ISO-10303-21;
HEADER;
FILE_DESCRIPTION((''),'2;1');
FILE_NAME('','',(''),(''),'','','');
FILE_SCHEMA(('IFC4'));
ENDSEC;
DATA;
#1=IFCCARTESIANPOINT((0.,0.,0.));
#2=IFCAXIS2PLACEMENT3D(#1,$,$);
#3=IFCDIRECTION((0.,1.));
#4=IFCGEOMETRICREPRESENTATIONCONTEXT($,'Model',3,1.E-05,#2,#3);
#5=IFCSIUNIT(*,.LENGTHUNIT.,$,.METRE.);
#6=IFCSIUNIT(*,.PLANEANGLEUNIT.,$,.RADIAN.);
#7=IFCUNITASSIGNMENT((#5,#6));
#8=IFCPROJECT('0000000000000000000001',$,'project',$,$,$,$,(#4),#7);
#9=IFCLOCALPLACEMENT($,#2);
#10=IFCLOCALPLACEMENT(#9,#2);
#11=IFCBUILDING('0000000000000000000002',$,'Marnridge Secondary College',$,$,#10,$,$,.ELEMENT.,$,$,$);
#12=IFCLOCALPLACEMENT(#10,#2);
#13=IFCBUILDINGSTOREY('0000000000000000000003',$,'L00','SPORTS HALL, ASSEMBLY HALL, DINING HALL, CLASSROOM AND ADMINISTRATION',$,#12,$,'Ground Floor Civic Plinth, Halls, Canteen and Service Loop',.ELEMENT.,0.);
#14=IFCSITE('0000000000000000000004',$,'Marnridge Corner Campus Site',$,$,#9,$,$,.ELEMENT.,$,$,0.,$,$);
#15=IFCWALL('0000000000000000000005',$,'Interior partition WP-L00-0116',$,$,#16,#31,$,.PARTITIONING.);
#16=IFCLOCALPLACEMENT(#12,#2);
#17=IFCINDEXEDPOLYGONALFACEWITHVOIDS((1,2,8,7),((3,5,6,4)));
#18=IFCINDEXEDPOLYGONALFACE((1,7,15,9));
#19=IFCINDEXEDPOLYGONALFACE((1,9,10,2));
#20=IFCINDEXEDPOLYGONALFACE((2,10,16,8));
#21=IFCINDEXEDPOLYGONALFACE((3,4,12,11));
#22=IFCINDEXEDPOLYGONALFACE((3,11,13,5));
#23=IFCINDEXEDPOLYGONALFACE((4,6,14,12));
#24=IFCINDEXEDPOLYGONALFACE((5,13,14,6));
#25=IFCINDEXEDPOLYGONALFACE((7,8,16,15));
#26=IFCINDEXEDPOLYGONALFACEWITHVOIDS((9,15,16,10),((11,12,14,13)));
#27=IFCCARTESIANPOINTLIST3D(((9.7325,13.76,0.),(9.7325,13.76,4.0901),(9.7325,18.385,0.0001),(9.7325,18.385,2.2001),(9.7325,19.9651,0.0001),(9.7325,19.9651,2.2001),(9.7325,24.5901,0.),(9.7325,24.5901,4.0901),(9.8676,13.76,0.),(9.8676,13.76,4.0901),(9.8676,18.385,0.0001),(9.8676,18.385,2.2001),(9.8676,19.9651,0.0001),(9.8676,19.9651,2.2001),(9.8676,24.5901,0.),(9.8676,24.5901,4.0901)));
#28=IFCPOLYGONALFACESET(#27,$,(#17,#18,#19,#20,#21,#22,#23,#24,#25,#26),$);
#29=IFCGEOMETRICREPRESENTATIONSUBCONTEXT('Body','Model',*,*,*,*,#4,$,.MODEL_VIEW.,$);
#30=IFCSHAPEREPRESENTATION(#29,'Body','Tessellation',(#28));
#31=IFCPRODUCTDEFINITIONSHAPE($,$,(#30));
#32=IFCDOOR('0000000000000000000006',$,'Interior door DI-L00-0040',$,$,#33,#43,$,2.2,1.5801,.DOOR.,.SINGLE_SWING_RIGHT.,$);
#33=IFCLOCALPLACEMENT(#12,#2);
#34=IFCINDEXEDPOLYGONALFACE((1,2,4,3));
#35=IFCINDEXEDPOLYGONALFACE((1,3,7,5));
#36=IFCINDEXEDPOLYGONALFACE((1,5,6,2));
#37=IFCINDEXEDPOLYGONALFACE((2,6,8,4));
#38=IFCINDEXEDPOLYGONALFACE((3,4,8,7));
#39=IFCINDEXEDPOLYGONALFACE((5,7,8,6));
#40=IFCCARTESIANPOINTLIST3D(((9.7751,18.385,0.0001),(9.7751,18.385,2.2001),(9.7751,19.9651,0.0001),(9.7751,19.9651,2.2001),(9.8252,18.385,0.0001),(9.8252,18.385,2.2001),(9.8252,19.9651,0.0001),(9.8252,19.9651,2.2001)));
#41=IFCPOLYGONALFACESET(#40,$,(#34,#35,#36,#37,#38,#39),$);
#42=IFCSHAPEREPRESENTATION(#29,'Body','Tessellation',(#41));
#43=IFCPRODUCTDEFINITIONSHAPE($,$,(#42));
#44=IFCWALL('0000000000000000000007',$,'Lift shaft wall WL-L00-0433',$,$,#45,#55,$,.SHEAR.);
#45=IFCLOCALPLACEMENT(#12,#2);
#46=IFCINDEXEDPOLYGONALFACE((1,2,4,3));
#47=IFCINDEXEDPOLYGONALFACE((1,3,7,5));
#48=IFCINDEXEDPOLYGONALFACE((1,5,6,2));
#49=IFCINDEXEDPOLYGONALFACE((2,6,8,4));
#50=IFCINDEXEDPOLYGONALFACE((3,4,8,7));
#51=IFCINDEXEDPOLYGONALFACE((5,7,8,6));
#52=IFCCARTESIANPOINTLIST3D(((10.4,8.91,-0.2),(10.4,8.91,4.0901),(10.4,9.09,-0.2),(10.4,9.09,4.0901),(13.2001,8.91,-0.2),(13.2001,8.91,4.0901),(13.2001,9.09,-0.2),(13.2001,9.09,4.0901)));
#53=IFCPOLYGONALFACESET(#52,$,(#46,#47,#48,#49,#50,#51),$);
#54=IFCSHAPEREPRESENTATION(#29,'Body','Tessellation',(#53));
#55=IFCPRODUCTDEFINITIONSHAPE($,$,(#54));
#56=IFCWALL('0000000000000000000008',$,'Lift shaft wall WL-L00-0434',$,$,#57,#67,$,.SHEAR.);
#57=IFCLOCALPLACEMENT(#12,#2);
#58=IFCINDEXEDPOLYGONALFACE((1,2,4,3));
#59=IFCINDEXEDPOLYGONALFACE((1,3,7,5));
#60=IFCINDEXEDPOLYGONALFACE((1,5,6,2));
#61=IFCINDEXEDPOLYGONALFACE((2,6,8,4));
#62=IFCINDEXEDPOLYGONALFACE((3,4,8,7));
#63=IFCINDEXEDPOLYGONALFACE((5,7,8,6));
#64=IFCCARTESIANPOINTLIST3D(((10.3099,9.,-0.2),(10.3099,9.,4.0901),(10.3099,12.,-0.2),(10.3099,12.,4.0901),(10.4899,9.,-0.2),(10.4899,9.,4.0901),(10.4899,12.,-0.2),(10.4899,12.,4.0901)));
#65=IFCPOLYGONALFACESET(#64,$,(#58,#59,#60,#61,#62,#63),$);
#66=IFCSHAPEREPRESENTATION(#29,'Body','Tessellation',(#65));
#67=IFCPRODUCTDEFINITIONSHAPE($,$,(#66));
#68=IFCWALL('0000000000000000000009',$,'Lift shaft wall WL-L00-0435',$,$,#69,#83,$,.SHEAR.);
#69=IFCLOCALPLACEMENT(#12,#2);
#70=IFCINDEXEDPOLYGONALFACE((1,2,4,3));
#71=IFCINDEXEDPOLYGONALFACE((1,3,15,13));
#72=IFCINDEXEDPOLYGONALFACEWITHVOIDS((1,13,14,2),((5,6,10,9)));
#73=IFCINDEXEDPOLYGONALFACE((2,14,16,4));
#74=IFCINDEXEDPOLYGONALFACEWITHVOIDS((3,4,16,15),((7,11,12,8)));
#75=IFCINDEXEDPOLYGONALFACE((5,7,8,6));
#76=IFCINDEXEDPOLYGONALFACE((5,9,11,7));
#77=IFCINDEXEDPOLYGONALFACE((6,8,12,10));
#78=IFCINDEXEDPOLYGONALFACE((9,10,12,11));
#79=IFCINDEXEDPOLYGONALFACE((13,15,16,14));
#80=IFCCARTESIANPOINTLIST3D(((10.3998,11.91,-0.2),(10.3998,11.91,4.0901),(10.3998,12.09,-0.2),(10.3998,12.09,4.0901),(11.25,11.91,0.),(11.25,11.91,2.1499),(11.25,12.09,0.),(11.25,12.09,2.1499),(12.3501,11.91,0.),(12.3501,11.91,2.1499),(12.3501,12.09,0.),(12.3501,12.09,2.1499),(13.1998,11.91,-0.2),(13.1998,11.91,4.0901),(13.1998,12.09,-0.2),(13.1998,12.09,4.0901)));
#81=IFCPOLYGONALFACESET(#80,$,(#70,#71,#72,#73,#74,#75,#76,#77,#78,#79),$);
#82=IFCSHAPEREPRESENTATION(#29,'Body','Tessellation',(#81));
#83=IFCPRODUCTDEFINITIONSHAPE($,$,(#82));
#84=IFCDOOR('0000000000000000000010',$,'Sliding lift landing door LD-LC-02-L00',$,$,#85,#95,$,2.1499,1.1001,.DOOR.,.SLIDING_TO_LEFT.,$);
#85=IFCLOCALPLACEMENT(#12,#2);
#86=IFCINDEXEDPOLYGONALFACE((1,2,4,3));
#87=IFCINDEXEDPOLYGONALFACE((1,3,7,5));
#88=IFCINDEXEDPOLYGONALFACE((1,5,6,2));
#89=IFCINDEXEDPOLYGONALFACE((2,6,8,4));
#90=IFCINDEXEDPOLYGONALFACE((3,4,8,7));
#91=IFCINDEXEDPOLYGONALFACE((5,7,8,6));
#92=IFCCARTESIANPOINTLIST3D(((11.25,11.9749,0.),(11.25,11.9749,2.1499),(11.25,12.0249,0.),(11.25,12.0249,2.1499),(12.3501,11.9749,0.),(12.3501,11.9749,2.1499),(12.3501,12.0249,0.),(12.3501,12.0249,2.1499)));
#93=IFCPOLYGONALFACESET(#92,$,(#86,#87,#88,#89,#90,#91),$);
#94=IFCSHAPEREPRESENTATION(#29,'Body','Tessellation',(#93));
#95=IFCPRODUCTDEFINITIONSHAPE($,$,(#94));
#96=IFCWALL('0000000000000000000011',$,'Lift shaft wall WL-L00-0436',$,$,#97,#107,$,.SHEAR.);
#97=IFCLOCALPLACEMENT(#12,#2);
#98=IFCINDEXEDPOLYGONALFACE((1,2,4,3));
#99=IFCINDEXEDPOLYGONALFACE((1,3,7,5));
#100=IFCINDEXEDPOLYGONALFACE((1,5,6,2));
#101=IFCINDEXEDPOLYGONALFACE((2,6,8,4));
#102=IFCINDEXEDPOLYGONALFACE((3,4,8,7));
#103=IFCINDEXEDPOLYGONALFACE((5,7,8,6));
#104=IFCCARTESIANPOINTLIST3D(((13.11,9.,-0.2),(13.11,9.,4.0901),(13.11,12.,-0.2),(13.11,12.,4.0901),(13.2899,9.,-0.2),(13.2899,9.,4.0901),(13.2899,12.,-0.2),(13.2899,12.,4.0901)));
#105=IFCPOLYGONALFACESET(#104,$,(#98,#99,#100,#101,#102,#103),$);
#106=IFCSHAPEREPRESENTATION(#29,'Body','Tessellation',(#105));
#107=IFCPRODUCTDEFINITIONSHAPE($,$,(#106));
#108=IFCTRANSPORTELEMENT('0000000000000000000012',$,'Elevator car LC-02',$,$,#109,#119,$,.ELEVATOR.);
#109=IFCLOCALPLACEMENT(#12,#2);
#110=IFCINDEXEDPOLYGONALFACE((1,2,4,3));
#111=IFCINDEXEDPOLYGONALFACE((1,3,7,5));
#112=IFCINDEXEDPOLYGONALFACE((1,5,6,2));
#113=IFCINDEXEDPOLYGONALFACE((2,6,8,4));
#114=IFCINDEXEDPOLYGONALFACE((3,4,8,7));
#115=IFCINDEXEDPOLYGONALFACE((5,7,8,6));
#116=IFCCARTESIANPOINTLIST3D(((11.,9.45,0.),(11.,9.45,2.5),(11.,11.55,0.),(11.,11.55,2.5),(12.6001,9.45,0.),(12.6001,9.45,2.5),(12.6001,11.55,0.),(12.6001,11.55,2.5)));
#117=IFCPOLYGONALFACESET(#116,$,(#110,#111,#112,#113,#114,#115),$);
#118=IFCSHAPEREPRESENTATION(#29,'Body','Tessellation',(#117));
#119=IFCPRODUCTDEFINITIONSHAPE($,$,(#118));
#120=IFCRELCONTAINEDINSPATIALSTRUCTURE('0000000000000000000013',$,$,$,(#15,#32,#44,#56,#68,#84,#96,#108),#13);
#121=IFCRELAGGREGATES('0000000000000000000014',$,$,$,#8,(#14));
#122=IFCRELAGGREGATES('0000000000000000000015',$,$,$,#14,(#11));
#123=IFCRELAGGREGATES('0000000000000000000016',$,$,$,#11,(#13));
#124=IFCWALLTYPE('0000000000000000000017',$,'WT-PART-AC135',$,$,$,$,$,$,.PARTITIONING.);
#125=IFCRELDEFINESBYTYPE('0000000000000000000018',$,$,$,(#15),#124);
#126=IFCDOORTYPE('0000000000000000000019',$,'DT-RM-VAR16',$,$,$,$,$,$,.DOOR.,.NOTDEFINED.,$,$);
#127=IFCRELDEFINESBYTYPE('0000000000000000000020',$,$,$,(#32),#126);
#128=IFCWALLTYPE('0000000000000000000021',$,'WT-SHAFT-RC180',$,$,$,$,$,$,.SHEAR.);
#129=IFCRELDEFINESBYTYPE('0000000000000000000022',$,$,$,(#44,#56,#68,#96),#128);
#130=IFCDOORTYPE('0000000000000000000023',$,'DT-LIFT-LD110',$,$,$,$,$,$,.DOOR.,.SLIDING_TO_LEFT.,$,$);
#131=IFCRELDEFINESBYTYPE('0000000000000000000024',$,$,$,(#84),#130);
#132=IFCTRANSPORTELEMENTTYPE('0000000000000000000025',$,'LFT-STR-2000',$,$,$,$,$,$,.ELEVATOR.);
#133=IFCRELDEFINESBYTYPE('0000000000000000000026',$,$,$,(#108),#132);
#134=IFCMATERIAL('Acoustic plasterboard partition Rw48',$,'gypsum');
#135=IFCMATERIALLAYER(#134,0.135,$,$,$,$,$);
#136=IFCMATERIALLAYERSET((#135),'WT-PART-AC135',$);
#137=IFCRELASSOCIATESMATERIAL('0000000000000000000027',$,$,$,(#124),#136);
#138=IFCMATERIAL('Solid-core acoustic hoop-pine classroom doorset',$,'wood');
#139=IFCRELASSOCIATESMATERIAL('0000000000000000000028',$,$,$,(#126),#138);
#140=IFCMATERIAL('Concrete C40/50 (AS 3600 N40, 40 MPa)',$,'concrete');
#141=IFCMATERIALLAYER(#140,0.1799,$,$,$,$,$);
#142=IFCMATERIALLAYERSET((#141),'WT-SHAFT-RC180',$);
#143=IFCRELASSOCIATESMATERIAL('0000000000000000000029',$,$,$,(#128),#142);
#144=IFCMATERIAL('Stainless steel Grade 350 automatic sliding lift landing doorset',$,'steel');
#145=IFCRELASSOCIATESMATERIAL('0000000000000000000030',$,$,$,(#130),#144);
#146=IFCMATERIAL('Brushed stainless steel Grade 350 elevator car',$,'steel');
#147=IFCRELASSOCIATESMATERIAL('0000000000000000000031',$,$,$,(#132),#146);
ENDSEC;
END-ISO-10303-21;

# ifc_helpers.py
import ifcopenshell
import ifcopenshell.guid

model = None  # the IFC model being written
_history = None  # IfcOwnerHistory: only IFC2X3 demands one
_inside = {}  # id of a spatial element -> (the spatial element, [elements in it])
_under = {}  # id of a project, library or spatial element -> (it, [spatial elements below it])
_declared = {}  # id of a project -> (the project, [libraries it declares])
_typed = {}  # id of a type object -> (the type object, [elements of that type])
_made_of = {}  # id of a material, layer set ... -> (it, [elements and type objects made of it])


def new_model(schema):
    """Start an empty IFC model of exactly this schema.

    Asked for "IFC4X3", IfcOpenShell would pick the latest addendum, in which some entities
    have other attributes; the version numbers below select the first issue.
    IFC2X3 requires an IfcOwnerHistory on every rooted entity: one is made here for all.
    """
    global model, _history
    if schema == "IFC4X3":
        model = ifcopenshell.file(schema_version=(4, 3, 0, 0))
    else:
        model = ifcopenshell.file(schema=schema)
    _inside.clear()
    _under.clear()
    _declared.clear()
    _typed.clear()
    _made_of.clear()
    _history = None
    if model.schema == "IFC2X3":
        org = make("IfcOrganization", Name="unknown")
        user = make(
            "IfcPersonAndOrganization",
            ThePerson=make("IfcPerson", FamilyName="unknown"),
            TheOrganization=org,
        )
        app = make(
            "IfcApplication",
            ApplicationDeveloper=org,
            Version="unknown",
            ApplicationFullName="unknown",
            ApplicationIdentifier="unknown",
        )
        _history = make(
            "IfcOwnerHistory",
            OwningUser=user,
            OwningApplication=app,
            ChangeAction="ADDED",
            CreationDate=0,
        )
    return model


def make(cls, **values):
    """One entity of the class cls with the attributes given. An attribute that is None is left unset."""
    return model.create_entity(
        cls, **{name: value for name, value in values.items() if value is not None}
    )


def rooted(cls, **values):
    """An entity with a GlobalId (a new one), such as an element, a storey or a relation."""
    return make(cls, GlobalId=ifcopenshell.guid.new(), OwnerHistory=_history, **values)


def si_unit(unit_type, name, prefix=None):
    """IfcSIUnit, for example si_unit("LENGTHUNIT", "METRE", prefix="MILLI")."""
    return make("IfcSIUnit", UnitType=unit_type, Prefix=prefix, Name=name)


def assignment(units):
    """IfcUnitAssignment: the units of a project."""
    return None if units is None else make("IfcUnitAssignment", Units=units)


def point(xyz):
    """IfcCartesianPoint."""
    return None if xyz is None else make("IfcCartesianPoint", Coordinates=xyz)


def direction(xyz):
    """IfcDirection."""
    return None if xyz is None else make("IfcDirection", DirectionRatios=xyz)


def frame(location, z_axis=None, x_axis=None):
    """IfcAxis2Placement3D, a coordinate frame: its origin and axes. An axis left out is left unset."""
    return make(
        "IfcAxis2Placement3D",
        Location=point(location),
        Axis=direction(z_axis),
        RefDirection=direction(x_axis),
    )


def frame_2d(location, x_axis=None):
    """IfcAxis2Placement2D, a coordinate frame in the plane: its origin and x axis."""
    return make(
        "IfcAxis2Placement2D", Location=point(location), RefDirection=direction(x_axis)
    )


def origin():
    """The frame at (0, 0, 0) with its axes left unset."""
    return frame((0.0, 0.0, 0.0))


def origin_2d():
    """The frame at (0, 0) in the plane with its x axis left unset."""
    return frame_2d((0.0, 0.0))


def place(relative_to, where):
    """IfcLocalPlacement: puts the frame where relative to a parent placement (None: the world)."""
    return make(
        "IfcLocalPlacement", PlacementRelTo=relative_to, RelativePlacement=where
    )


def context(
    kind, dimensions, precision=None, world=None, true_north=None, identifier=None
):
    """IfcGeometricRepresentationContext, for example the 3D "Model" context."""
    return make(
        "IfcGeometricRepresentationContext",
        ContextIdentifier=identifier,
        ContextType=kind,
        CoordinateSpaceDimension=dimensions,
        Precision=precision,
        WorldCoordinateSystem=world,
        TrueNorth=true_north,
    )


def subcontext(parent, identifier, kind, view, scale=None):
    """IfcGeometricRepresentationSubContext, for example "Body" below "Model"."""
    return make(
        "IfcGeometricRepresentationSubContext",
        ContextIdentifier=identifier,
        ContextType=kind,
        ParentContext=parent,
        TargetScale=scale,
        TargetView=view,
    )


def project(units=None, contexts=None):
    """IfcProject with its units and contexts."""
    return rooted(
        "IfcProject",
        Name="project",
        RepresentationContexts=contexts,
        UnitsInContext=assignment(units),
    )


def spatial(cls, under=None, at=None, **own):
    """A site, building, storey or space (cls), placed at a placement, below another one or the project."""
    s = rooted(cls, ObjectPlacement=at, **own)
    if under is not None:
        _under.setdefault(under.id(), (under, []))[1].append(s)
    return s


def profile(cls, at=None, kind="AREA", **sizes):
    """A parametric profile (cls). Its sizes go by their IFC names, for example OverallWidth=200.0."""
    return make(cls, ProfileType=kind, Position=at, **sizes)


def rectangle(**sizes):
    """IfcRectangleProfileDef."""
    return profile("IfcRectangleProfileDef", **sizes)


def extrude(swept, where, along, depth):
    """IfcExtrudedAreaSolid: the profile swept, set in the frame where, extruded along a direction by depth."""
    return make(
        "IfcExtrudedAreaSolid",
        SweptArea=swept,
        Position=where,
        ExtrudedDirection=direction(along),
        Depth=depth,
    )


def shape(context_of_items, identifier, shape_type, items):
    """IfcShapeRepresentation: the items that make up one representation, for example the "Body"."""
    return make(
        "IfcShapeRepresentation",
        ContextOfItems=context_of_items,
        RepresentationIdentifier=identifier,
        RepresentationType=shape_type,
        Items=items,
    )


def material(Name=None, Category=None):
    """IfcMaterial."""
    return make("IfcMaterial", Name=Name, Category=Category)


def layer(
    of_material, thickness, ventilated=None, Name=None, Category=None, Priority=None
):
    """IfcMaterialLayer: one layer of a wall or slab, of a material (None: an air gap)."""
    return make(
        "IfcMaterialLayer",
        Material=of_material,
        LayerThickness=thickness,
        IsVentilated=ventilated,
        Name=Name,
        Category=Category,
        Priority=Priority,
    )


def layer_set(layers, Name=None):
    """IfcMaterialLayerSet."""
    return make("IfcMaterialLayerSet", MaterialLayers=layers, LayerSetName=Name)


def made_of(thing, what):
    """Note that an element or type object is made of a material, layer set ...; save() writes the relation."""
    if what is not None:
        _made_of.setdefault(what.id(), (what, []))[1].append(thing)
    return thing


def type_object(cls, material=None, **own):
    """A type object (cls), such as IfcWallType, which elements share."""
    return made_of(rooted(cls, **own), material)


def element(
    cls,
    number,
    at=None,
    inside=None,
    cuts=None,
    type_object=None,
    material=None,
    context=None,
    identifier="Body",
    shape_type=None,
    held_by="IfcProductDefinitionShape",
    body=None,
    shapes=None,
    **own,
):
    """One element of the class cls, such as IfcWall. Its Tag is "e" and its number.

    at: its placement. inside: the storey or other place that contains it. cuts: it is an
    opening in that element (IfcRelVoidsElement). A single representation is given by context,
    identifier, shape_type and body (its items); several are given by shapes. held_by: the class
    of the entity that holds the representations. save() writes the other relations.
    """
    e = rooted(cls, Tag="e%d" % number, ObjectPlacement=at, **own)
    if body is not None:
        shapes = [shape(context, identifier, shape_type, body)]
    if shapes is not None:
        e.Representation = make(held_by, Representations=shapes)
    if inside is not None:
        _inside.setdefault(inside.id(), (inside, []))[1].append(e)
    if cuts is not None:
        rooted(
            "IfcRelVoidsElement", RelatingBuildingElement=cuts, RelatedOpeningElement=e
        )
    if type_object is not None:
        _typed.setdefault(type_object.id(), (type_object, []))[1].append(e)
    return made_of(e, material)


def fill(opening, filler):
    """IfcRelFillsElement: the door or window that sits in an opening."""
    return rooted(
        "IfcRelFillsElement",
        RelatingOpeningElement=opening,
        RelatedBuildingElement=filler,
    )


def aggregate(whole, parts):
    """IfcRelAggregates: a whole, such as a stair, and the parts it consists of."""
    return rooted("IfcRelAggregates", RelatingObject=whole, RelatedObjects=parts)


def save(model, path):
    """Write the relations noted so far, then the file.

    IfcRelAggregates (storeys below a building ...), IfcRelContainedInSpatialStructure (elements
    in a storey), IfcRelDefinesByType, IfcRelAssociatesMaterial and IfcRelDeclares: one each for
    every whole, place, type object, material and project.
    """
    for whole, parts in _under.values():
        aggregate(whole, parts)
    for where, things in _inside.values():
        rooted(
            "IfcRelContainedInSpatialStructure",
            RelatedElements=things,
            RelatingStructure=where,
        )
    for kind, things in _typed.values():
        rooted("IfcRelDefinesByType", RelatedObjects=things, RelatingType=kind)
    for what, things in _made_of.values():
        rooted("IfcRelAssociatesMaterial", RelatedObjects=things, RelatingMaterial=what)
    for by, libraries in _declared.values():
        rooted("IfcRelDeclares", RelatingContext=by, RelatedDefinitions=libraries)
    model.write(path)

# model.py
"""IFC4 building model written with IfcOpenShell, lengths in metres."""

from ifc_helpers import new_model, si_unit, direction, frame, frame_2d, origin, origin_2d, place, context, subcontext, project, spatial, rectangle, extrude, material, layer, layer_set, type_object, element, fill, save


model = new_model("IFC4")

# Units and contexts
model_context = context("Model", 3, precision=1e-05, world=origin(), true_north=direction((0.0, 1.0)))
body_context = subcontext(model_context, "Body", "Model", "MODEL_VIEW")
ifc_project = project(units=[si_unit("LENGTHUNIT", "METRE"), si_unit("PLANEANGLEUNIT", "RADIAN")], contexts=[model_context])

# Site, building, storey
site_placement = place(None, origin())
site = spatial("IfcSite", under=ifc_project, at=site_placement, Name="Marnridge Corner Campus Site", CompositionType="ELEMENT", RefElevation=0.0)
building_placement = place(site_placement, origin())
building = spatial("IfcBuilding", under=site, at=building_placement, Name="Marnridge Secondary College", CompositionType="ELEMENT")
storey_placement = place(building_placement, origin())
storey = spatial("IfcBuildingStorey", under=building, at=storey_placement, Name="L00", Description="SPORTS HALL, ASSEMBLY HALL, DINING HALL, CLASSROOM AND ADMINISTRATION", LongName="Ground Floor Civic Plinth, Halls, Canteen and Service Loop", CompositionType="ELEMENT", Elevation=0.0)

# Wall, opening, door
ifc_material_1 = material(Name="Acoustic plasterboard partition Rw48", Category="gypsum")
ifc_layer_1 = layer(ifc_material_1, 0.135)
ifc_layer_set_1 = layer_set([ifc_layer_1], Name="WT-PART-AC135")
wall_type_1 = type_object("IfcWallType", Name="WT-PART-AC135", PredefinedType="PARTITIONING", material=ifc_layer_set_1)
wall_1_placement = place(storey_placement, frame((9.8, 13.76, 0.0), z_axis=(0.0, 0.0, 1.0), x_axis=(0.0, 1.0, 0.0)))
wall_1 = element("IfcWall", 1, at=wall_1_placement, inside=storey, type_object=wall_type_1, Name="Interior partition WP-L00-0116", PredefinedType="PARTITIONING", context=body_context, shape_type="SweptSolid", body=[
    extrude(rectangle(XDim=10.8301, YDim=0.135, at=frame_2d((5.415, 0.0))), origin(), (0.0, 0.0, 1.0), 4.0901),
])
opening_1_placement = place(wall_1_placement, frame((4.625, 0.0, 0.0)))
opening_1 = element("IfcOpeningElement", 2, at=opening_1_placement, cuts=wall_1, PredefinedType="OPENING", context=body_context, shape_type="SweptSolid", body=[
    extrude(rectangle(XDim=1.5801, YDim=2.2, at=frame_2d((0.79, 1.1001))), frame((0.0, 0.0774, 0.0), z_axis=(0.0, -1.0, 0.0), x_axis=(1.0, 0.0, 0.0)), (0.0, 0.0, 1.0), 0.155),
])
ifc_material_2 = material(Name="Solid-core acoustic hoop-pine classroom doorset", Category="wood")
door_type_1 = type_object("IfcDoorType", Name="DT-RM-VAR16", OperationType="NOTDEFINED", PredefinedType="DOOR", material=ifc_material_2)
door_1_placement = place(opening_1_placement, origin())
door_1 = element("IfcDoor", 3, at=door_1_placement, inside=storey, type_object=door_type_1, Name="Interior door DI-L00-0040", OperationType="SINGLE_SWING_RIGHT", OverallHeight=2.2, OverallWidth=1.5801, PredefinedType="DOOR", context=body_context, shape_type="SweptSolid", body=[
    extrude(rectangle(XDim=1.5801, YDim=2.2, at=frame_2d((0.79, 1.1001))), frame((0.0, 0.0249, 0.0), z_axis=(0.0, -1.0, 0.0), x_axis=(1.0, 0.0, 0.0)), (0.0, 0.0, 1.0), 0.05),
])
fill(opening_1, door_1)

# Walls
ifc_material_3 = material(Name="Concrete C40/50 (AS 3600 N40, 40 MPa)", Category="concrete")
ifc_layer_2 = layer(ifc_material_3, 0.1799)
ifc_layer_set_2 = layer_set([ifc_layer_2], Name="WT-SHAFT-RC180")
wall_type_2 = type_object("IfcWallType", Name="WT-SHAFT-RC180", PredefinedType="SHEAR", material=ifc_layer_set_2)
wall_2_placement = place(storey_placement, frame((13.2, 9.0, -0.2), z_axis=(0.0, 0.0, 1.0), x_axis=(-1.0, 0.0, 0.0)))
element("IfcWall", 4, at=wall_2_placement, inside=storey, type_object=wall_type_2, Name="Lift shaft wall WL-L00-0433", PredefinedType="SHEAR", context=body_context, shape_type="SweptSolid", body=[
    extrude(rectangle(XDim=2.8, YDim=0.1799, at=frame_2d((1.3999, 0.0))), origin(), (0.0, 0.0, 1.0), 4.29),
])
wall_3_placement = place(storey_placement, frame((10.3999, 9.0, -0.2), z_axis=(0.0, 0.0, 1.0), x_axis=(0.0, 1.0, 0.0)))
element("IfcWall", 5, at=wall_3_placement, inside=storey, type_object=wall_type_2, Name="Lift shaft wall WL-L00-0434", PredefinedType="SHEAR", context=body_context, shape_type="SweptSolid", body=[
    extrude(rectangle(XDim=3.0, YDim=0.1799, at=frame_2d((1.5, 0.0))), origin(), (0.0, 0.0, 1.0), 4.29),
])

# Wall, opening, door
wall_4_placement = place(storey_placement, frame((10.3999, 12.0, -0.2), z_axis=(0.0, 0.0, 1.0), x_axis=(1.0, 0.0, 0.0)))
wall_4 = element("IfcWall", 6, at=wall_4_placement, inside=storey, type_object=wall_type_2, Name="Lift shaft wall WL-L00-0435", PredefinedType="SHEAR", context=body_context, shape_type="SweptSolid", body=[
    extrude(rectangle(XDim=2.8, YDim=0.1799, at=frame_2d((1.3999, 0.0))), origin(), (0.0, 0.0, 1.0), 4.29),
])
opening_2_placement = place(wall_4_placement, frame((0.8501, 0.0, 0.2)))
opening_2 = element("IfcOpeningElement", 7, at=opening_2_placement, cuts=wall_4, PredefinedType="OPENING", context=body_context, shape_type="SweptSolid", body=[
    extrude(rectangle(XDim=1.1001, YDim=2.1499, at=frame_2d((0.55, 1.075))), frame((0.0, 0.0999, 0.0), z_axis=(0.0, -1.0, 0.0), x_axis=(1.0, 0.0, 0.0)), (0.0, 0.0, 1.0), 0.2),
])
ifc_material_4 = material(Name="Stainless steel Grade 350 automatic sliding lift landing doorset", Category="steel")
door_type_2 = type_object("IfcDoorType", Name="DT-LIFT-LD110", OperationType="SLIDING_TO_LEFT", PredefinedType="DOOR", material=ifc_material_4)
door_2_placement = place(opening_2_placement, origin())
door_2 = element("IfcDoor", 8, at=door_2_placement, inside=storey, type_object=door_type_2, Name="Sliding lift landing door LD-LC-02-L00", OperationType="SLIDING_TO_LEFT", OverallHeight=2.1499, OverallWidth=1.1001, PredefinedType="DOOR", context=body_context, shape_type="SweptSolid", body=[
    extrude(rectangle(XDim=1.1001, YDim=2.1499, at=frame_2d((0.55, 1.075))), frame((0.0, 0.0249, 0.0), z_axis=(0.0, -1.0, 0.0), x_axis=(1.0, 0.0, 0.0)), (0.0, 0.0, 1.0), 0.05),
])
fill(opening_2, door_2)

# Wall
wall_5_placement = place(storey_placement, frame((13.2, 12.0, -0.2), z_axis=(0.0, 0.0, 1.0), x_axis=(0.0, -1.0, 0.0)))
element("IfcWall", 9, at=wall_5_placement, inside=storey, type_object=wall_type_2, Name="Lift shaft wall WL-L00-0436", PredefinedType="SHEAR", context=body_context, shape_type="SweptSolid", body=[
    extrude(rectangle(XDim=3.0, YDim=0.1799, at=frame_2d((1.5, 0.0))), origin(), (0.0, 0.0, 1.0), 4.29),
])

# Transport element
ifc_material_5 = material(Name="Brushed stainless steel Grade 350 elevator car", Category="steel")
transport_element_type = type_object("IfcTransportElementType", Name="LFT-STR-2000", PredefinedType="ELEVATOR", material=ifc_material_5)
transport_element_placement = place(storey_placement, frame((11.8, 10.5, 0.0), z_axis=(0.0, 0.0, 1.0), x_axis=(1.0, 0.0, 0.0)))
element("IfcTransportElement", 10, at=transport_element_placement, inside=storey, type_object=transport_element_type, Name="Elevator car LC-02", PredefinedType="ELEVATOR", context=body_context, shape_type="SweptSolid", body=[
    extrude(rectangle(XDim=1.6001, YDim=2.1001, at=origin_2d()), origin(), (0.0, 0.0, 1.0), 2.5),
])

save(model, "model.ifc")
